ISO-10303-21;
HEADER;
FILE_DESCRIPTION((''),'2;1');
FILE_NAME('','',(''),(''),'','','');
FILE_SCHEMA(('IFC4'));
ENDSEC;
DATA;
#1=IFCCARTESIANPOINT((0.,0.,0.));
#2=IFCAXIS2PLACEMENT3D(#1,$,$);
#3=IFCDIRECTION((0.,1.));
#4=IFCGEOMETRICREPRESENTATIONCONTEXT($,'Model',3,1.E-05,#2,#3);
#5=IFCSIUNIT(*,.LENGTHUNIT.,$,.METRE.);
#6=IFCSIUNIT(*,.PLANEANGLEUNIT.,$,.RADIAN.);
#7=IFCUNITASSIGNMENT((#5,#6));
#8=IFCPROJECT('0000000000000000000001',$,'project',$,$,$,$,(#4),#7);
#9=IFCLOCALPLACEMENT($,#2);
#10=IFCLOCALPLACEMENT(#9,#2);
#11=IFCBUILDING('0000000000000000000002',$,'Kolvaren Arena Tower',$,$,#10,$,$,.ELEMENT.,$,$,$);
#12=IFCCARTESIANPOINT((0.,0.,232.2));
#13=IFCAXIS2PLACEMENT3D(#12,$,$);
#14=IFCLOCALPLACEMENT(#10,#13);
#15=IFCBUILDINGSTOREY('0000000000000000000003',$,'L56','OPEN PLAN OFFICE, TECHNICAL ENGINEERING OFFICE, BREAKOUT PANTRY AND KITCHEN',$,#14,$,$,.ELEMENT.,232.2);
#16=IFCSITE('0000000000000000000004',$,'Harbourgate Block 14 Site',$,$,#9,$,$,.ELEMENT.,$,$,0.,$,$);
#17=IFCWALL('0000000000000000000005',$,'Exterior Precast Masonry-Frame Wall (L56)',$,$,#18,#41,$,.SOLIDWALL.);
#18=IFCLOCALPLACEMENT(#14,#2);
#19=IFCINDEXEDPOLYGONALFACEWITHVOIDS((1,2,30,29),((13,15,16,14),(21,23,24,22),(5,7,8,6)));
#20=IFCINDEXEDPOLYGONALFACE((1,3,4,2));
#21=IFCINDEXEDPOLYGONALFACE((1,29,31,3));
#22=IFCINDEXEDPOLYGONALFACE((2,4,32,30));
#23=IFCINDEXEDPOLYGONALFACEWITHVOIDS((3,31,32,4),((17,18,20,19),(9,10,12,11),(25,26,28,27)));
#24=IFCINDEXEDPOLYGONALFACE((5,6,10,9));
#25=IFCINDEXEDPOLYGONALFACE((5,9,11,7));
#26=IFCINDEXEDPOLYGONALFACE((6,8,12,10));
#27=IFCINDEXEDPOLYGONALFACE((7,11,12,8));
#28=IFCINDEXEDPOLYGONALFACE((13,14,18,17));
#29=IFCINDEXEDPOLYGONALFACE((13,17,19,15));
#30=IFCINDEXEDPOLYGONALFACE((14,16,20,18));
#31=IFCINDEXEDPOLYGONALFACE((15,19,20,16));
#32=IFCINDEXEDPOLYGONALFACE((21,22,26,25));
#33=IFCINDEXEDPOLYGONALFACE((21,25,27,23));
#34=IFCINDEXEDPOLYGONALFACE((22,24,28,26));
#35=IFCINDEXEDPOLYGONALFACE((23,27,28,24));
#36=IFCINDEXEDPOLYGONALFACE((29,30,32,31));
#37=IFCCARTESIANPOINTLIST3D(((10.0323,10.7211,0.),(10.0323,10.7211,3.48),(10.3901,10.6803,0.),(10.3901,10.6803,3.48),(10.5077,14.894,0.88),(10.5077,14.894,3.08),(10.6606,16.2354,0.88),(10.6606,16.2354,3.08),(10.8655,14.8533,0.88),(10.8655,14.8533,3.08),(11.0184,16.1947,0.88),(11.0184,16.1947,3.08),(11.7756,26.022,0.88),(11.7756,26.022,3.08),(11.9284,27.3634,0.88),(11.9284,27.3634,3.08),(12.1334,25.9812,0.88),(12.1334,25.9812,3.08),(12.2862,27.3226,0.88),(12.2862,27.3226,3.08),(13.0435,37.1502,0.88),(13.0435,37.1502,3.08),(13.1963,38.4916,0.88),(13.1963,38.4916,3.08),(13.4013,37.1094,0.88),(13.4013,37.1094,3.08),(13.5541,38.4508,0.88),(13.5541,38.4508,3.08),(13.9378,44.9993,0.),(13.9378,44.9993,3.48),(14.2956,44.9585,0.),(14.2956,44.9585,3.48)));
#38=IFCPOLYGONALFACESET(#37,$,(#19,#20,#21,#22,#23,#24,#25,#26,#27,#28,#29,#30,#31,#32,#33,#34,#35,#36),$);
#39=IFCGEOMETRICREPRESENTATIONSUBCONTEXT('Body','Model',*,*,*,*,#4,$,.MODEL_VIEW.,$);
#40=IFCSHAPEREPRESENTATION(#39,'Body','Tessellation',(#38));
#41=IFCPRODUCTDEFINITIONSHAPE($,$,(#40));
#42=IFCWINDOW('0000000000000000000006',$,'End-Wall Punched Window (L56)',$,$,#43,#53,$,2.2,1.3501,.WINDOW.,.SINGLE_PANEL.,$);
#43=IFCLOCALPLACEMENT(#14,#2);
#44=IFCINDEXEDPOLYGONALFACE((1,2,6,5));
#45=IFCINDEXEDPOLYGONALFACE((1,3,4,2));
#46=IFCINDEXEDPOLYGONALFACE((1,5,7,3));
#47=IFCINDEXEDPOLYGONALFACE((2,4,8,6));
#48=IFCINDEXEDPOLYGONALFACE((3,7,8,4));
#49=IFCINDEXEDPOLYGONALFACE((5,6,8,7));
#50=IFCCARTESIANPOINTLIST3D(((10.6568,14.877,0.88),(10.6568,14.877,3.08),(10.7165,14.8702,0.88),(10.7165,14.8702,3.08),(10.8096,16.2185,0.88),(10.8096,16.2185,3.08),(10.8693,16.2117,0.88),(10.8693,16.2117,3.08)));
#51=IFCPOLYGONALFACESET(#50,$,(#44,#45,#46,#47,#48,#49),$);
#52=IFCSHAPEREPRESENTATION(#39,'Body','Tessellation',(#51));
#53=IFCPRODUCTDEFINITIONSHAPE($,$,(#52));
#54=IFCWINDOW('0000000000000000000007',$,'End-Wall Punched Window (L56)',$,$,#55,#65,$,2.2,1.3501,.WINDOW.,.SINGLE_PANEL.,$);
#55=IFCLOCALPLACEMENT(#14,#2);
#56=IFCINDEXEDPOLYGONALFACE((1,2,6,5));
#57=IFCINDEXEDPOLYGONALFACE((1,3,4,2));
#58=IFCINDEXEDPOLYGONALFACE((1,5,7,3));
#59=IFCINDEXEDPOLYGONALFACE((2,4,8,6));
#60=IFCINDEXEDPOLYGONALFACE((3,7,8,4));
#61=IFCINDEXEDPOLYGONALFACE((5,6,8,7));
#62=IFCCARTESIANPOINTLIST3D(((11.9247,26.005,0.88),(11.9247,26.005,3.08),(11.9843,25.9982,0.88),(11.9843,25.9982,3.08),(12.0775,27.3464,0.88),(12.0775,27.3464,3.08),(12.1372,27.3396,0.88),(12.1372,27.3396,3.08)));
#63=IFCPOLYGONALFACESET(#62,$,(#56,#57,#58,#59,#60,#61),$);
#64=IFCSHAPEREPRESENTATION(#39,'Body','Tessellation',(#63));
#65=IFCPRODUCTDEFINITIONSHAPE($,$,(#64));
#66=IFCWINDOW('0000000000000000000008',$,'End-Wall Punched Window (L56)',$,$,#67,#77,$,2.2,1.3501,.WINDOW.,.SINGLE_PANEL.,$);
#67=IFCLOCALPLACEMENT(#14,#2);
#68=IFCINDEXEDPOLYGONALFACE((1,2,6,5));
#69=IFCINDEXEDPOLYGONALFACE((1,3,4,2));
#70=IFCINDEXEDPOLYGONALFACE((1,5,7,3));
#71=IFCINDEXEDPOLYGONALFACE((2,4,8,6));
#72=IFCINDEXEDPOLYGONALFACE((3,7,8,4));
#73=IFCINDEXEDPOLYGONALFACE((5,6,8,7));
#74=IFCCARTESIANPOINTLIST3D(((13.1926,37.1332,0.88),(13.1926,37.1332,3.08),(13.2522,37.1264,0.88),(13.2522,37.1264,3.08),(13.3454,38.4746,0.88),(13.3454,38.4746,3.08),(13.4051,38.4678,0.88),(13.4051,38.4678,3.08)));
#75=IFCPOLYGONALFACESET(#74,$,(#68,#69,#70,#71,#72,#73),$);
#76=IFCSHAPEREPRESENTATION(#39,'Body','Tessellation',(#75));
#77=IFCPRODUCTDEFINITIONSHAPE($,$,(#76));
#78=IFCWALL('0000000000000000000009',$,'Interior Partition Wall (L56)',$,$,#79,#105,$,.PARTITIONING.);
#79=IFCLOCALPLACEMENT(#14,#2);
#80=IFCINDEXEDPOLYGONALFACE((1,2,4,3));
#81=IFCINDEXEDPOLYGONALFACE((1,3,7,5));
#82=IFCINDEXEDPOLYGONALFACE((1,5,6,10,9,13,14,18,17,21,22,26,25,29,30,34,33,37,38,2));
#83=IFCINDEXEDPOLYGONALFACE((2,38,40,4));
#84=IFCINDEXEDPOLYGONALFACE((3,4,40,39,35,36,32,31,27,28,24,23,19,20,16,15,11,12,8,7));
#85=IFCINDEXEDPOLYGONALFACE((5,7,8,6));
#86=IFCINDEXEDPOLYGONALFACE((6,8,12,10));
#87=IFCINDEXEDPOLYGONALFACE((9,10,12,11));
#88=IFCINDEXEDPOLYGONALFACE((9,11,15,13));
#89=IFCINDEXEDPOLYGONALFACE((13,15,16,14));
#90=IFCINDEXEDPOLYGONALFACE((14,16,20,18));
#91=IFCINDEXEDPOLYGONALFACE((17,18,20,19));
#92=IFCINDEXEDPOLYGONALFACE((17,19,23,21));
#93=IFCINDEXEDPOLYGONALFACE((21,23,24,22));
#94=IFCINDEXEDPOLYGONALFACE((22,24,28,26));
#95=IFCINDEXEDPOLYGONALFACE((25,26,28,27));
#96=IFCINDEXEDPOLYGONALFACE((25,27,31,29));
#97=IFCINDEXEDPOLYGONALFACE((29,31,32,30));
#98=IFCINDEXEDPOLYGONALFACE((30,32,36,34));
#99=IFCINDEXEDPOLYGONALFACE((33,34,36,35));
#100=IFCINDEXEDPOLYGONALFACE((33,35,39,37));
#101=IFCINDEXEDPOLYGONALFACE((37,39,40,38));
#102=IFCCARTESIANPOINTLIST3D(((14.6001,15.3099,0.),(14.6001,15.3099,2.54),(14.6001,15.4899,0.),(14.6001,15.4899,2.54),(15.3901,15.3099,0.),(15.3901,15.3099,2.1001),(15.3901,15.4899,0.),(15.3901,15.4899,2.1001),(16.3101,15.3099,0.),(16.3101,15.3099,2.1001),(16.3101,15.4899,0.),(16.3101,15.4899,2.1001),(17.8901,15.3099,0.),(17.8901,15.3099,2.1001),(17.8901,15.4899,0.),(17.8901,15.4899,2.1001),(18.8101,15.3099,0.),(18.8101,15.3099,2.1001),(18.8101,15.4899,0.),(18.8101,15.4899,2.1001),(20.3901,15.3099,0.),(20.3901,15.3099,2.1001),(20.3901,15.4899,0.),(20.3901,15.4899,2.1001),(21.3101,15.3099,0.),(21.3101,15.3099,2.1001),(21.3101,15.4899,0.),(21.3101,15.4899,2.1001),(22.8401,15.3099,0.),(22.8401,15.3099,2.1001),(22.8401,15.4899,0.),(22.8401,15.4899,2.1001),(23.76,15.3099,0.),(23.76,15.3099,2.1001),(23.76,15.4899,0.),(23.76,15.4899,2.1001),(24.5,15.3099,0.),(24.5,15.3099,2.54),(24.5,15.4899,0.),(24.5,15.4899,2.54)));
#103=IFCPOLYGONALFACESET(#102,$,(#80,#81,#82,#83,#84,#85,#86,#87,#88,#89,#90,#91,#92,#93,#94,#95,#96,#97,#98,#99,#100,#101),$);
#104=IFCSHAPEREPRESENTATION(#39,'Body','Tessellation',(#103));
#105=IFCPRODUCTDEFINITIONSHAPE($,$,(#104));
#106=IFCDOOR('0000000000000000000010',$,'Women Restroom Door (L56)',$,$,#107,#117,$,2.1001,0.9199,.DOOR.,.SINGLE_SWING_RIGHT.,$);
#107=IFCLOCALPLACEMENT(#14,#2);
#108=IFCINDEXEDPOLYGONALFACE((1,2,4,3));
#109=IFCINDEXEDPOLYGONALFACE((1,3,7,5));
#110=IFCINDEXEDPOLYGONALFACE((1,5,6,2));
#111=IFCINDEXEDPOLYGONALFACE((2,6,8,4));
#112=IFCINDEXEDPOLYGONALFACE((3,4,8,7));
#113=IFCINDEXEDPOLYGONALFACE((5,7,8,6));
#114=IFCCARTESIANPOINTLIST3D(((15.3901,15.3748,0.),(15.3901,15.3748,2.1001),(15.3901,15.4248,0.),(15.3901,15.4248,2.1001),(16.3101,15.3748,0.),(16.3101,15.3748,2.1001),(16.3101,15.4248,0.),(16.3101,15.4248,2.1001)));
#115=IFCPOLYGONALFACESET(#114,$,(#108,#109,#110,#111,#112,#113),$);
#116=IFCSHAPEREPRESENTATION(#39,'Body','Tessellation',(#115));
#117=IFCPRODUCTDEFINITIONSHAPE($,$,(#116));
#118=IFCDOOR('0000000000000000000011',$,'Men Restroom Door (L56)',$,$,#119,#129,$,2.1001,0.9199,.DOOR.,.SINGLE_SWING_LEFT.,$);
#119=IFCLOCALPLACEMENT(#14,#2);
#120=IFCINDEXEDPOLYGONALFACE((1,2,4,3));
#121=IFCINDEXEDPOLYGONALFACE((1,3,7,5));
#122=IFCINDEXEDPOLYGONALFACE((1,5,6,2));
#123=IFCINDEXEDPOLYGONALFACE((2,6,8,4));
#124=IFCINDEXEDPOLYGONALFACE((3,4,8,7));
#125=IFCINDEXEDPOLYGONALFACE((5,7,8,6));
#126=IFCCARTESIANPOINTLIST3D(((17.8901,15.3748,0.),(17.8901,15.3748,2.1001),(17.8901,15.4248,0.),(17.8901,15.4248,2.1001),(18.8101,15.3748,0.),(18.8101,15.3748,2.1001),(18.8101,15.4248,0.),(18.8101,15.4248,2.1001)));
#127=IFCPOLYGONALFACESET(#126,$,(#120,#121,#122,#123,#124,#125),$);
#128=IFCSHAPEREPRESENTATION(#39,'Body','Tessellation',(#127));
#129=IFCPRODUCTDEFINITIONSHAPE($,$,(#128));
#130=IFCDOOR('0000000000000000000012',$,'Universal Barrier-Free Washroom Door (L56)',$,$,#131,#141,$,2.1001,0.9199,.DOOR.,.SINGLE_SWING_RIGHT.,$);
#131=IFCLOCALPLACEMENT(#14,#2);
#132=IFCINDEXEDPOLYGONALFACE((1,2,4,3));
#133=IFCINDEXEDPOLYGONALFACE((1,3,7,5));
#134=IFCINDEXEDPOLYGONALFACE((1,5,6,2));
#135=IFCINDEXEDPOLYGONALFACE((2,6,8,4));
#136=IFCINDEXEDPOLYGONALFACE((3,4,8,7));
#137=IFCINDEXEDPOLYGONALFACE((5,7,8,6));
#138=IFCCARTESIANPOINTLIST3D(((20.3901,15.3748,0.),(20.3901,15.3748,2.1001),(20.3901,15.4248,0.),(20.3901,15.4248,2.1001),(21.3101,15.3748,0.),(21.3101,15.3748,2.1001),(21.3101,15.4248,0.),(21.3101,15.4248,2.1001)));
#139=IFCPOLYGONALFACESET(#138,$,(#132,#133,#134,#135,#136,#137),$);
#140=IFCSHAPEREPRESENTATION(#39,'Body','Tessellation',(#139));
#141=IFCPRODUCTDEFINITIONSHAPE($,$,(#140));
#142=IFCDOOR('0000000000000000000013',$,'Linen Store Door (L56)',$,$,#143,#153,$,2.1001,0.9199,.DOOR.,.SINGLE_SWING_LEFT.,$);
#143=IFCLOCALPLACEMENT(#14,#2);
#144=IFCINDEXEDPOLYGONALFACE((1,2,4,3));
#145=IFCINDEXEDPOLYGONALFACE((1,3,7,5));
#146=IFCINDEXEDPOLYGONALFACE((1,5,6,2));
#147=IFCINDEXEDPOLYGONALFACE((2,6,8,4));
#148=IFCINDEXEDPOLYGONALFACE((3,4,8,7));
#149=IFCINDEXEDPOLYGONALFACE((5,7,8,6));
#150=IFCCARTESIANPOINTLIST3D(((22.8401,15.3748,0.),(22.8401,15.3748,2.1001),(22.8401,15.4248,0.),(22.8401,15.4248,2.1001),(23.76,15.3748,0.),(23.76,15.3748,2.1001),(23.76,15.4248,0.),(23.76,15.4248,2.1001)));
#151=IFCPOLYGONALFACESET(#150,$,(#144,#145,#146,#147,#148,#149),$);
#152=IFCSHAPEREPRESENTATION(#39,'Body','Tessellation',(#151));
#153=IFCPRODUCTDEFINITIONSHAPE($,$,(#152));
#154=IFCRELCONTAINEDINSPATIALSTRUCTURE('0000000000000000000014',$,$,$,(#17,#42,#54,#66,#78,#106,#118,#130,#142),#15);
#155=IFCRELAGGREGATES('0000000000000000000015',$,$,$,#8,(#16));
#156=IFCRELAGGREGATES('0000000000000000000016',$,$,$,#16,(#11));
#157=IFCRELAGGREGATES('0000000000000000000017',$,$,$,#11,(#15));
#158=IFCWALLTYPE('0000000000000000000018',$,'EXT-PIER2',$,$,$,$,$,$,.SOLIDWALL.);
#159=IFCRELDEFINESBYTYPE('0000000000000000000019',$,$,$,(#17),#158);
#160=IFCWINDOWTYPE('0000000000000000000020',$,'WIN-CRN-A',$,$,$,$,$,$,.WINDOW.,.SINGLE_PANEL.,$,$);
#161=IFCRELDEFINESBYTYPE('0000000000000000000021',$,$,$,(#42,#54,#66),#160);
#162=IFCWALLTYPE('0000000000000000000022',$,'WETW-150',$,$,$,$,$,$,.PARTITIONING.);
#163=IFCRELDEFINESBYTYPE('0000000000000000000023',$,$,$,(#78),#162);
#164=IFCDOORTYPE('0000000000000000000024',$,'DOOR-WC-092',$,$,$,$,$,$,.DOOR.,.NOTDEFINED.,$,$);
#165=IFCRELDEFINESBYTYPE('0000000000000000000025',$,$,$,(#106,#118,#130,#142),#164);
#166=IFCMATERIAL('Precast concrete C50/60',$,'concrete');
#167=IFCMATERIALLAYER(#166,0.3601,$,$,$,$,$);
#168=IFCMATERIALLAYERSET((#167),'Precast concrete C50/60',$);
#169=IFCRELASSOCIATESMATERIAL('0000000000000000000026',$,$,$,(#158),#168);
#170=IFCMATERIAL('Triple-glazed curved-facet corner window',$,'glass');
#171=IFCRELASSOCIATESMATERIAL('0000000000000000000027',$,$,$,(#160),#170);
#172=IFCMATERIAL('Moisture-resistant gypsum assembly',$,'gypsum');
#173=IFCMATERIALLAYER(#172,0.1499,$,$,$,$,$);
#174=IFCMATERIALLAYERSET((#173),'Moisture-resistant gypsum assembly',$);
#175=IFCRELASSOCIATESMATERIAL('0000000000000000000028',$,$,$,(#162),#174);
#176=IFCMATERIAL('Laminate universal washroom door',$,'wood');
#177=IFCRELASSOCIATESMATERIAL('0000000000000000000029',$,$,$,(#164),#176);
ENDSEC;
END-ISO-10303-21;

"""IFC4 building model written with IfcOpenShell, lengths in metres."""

from ifc_helpers import new_model, si_unit, direction, frame, frame_2d, origin, place, context, subcontext, project, spatial, rectangle, extrude, material, layer, layer_set, type_object, element, fill, save


model = new_model("IFC4")

# Units and contexts
model_context = context("Model", 3, precision=1e-05, world=origin(), true_north=direction((0.0, 1.0)))
body_context = subcontext(model_context, "Body", "Model", "MODEL_VIEW")
ifc_project = project(units=[si_unit("LENGTHUNIT", "METRE"), si_unit("PLANEANGLEUNIT", "RADIAN")], contexts=[model_context])

# Site, building, storey
site_placement = place(None, origin())
site = spatial("IfcSite", under=ifc_project, at=site_placement, Name="Harbourgate Block 14 Site", CompositionType="ELEMENT", RefElevation=0.0)
building_placement = place(site_placement, origin())
building = spatial("IfcBuilding", under=site, at=building_placement, Name="Kolvaren Arena Tower", CompositionType="ELEMENT")
storey_placement = place(building_placement, frame((0.0, 0.0, 232.2)))
storey = spatial("IfcBuildingStorey", under=building, at=storey_placement, Name="L56", Description="OPEN PLAN OFFICE, TECHNICAL ENGINEERING OFFICE, BREAKOUT PANTRY AND KITCHEN", CompositionType="ELEMENT", Elevation=232.2)

# Wall, openings, windows
ifc_material_1 = material(Name="Precast concrete C50/60", Category="concrete")
ifc_layer_1 = layer(ifc_material_1, 0.3601)
ifc_layer_set_1 = layer_set([ifc_layer_1], Name="Precast concrete C50/60")
wall_type_1 = type_object("IfcWallType", Name="EXT-PIER2", PredefinedType="SOLIDWALL", material=ifc_layer_set_1)
wall_1_placement = place(storey_placement, frame((10.2112, 10.7007, 0.0), z_axis=(0.0, 0.0, 1.0), x_axis=(0.113203, 0.993572, 0.0)))
wall_1 = element("IfcWall", 1, at=wall_1_placement, inside=storey, type_object=wall_type_1, Name="Exterior Precast Masonry-Frame Wall (L56)", PredefinedType="SOLIDWALL", context=body_context, shape_type="SweptSolid", body=[
    extrude(rectangle(XDim=34.5, YDim=0.3601, at=frame_2d((17.25, 0.0))), origin(), (0.0, 0.0, 1.0), 3.48),
])
opening_1_placement = place(wall_1_placement, frame((4.2, 0.0, 0.8799)))
opening_1 = element("IfcOpeningElement", 2, at=opening_1_placement, cuts=wall_1, PredefinedType="OPENING", context=body_context, shape_type="SweptSolid", body=[
    extrude(rectangle(XDim=1.3501, YDim=2.2, at=frame_2d((0.675, 1.1001))), frame((0.0, 0.1899, 0.0), z_axis=(0.0, -1.0, 0.0), x_axis=(1.0, 0.0, 0.0)), (0.0, 0.0, 1.0), 0.3801),
])
opening_2_placement = place(wall_1_placement, frame((15.3999, 0.0, 0.8799)))
opening_2 = element("IfcOpeningElement", 3, at=opening_2_placement, cuts=wall_1, PredefinedType="OPENING", context=body_context, shape_type="SweptSolid", body=[
    extrude(rectangle(XDim=1.3501, YDim=2.2, at=frame_2d((0.675, 1.1001))), frame((0.0, 0.1899, 0.0), z_axis=(0.0, -1.0, 0.0), x_axis=(1.0, 0.0, 0.0)), (0.0, 0.0, 1.0), 0.3801),
])
opening_3_placement = place(wall_1_placement, frame((26.6001, 0.0, 0.8799)))
opening_3 = element("IfcOpeningElement", 4, at=opening_3_placement, cuts=wall_1, PredefinedType="OPENING", context=body_context, shape_type="SweptSolid", body=[
    extrude(rectangle(XDim=1.3501, YDim=2.2, at=frame_2d((0.675, 1.1001))), frame((0.0, 0.1899, 0.0), z_axis=(0.0, -1.0, 0.0), x_axis=(1.0, 0.0, 0.0)), (0.0, 0.0, 1.0), 0.3801),
])
ifc_material_2 = material(Name="Triple-glazed curved-facet corner window", Category="glass")
window_type = type_object("IfcWindowType", Name="WIN-CRN-A", PartitioningType="SINGLE_PANEL", PredefinedType="WINDOW", material=ifc_material_2)
window_1_placement = place(opening_1_placement, origin())
window_1 = element("IfcWindow", 5, at=window_1_placement, inside=storey, type_object=window_type, Name="End-Wall Punched Window (L56)", OverallHeight=2.2, OverallWidth=1.3501, PartitioningType="SINGLE_PANEL", PredefinedType="WINDOW", context=body_context, shape_type="SweptSolid", body=[
    extrude(rectangle(XDim=1.3501, YDim=2.2, at=frame_2d((0.675, 1.1001))), frame((0.0, 0.03, 0.0), z_axis=(0.0, -1.0, 0.0), x_axis=(1.0, 0.0, 0.0)), (0.0, 0.0, 1.0), 0.0601),
])
fill(opening_1, window_1)
window_2_placement = place(opening_2_placement, origin())
window_2 = element("IfcWindow", 6, at=window_2_placement, inside=storey, type_object=window_type, Name="End-Wall Punched Window (L56)", OverallHeight=2.2, OverallWidth=1.3501, PartitioningType="SINGLE_PANEL", PredefinedType="WINDOW", context=body_context, shape_type="SweptSolid", body=[
    extrude(rectangle(XDim=1.3501, YDim=2.2, at=frame_2d((0.675, 1.1001))), frame((0.0, 0.03, 0.0), z_axis=(0.0, -1.0, 0.0), x_axis=(1.0, 0.0, 0.0)), (0.0, 0.0, 1.0), 0.0601),
])
fill(opening_2, window_2)
window_3_placement = place(opening_3_placement, origin())
window_3 = element("IfcWindow", 7, at=window_3_placement, inside=storey, type_object=window_type, Name="End-Wall Punched Window (L56)", OverallHeight=2.2, OverallWidth=1.3501, PartitioningType="SINGLE_PANEL", PredefinedType="WINDOW", context=body_context, shape_type="SweptSolid", body=[
    extrude(rectangle(XDim=1.3501, YDim=2.2, at=frame_2d((0.675, 1.1001))), frame((0.0, 0.03, 0.0), z_axis=(0.0, -1.0, 0.0), x_axis=(1.0, 0.0, 0.0)), (0.0, 0.0, 1.0), 0.0601),
])
fill(opening_3, window_3)

# Wall, openings, doors
ifc_material_3 = material(Name="Moisture-resistant gypsum assembly", Category="gypsum")
ifc_layer_2 = layer(ifc_material_3, 0.1499)
ifc_layer_set_2 = layer_set([ifc_layer_2], Name="Moisture-resistant gypsum assembly")
wall_type_2 = type_object("IfcWallType", Name="WETW-150", PredefinedType="PARTITIONING", material=ifc_layer_set_2)
wall_2_placement = place(storey_placement, frame((14.6001, 15.3999, 0.0), z_axis=(0.0, 0.0, 1.0), x_axis=(1.0, 0.0, 0.0)))
wall_2 = element("IfcWall", 8, at=wall_2_placement, inside=storey, type_object=wall_type_2, Name="Interior Partition Wall (L56)", PredefinedType="PARTITIONING", context=body_context, shape_type="SweptSolid", body=[
    extrude(rectangle(XDim=9.8999, YDim=0.1799, at=frame_2d((4.95, 0.0))), origin(), (0.0, 0.0, 1.0), 2.54),
])
opening_4_placement = place(wall_2_placement, frame((0.79, 0.0, 0.0)))
opening_4 = element("IfcOpeningElement", 9, at=opening_4_placement, cuts=wall_2, PredefinedType="OPENING", context=body_context, shape_type="SweptSolid", body=[
    extrude(rectangle(XDim=0.9199, YDim=2.1001, at=frame_2d((0.46, 1.05))), frame((0.0, 0.0999, 0.0), z_axis=(0.0, -1.0, 0.0), x_axis=(1.0, 0.0, 0.0)), (0.0, 0.0, 1.0), 0.2),
])
opening_5_placement = place(wall_2_placement, frame((3.29, 0.0, 0.0)))
opening_5 = element("IfcOpeningElement", 10, at=opening_5_placement, cuts=wall_2, PredefinedType="OPENING", context=body_context, shape_type="SweptSolid", body=[
    extrude(rectangle(XDim=0.9199, YDim=2.1001, at=frame_2d((0.46, 1.05))), frame((0.0, 0.0999, 0.0), z_axis=(0.0, -1.0, 0.0), x_axis=(1.0, 0.0, 0.0)), (0.0, 0.0, 1.0), 0.2),
])
opening_6_placement = place(wall_2_placement, frame((5.79, 0.0, 0.0)))
opening_6 = element("IfcOpeningElement", 11, at=opening_6_placement, cuts=wall_2, PredefinedType="OPENING", context=body_context, shape_type="SweptSolid", body=[
    extrude(rectangle(XDim=0.9199, YDim=2.1001, at=frame_2d((0.46, 1.05))), frame((0.0, 0.0999, 0.0), z_axis=(0.0, -1.0, 0.0), x_axis=(1.0, 0.0, 0.0)), (0.0, 0.0, 1.0), 0.2),
])
opening_7_placement = place(wall_2_placement, frame((8.24, 0.0, 0.0)))
opening_7 = element("IfcOpeningElement", 12, at=opening_7_placement, cuts=wall_2, PredefinedType="OPENING", context=body_context, shape_type="SweptSolid", body=[
    extrude(rectangle(XDim=0.9199, YDim=2.1001, at=frame_2d((0.46, 1.05))), frame((0.0, 0.0999, 0.0), z_axis=(0.0, -1.0, 0.0), x_axis=(1.0, 0.0, 0.0)), (0.0, 0.0, 1.0), 0.2),
])
ifc_material_4 = material(Name="Laminate universal washroom door", Category="wood")
door_type_1 = type_object("IfcDoorType", Name="DOOR-WC-092", OperationType="NOTDEFINED", PredefinedType="DOOR", material=ifc_material_4)
door_1_placement = place(opening_4_placement, origin())
door_1 = element("IfcDoor", 13, at=door_1_placement, inside=storey, type_object=door_type_1, Name="Women Restroom Door (L56)", OperationType="SINGLE_SWING_RIGHT", OverallHeight=2.1001, OverallWidth=0.9199, PredefinedType="DOOR", context=body_context, shape_type="SweptSolid", body=[
    extrude(rectangle(XDim=0.9199, YDim=2.1001, at=frame_2d((0.46, 1.05))), frame((0.0, 0.0249, 0.0), z_axis=(0.0, -1.0, 0.0), x_axis=(1.0, 0.0, 0.0)), (0.0, 0.0, 1.0), 0.05),
])
fill(opening_4, door_1)
door_2_placement = place(opening_5_placement, origin())
door_2 = element("IfcDoor", 14, at=door_2_placement, inside=storey, type_object=door_type_1, Name="Men Restroom Door (L56)", OperationType="SINGLE_SWING_LEFT", OverallHeight=2.1001, OverallWidth=0.9199, PredefinedType="DOOR", context=body_context, shape_type="SweptSolid", body=[
    extrude(rectangle(XDim=0.9199, YDim=2.1001, at=frame_2d((0.46, 1.05))), frame((0.0, 0.0249, 0.0), z_axis=(0.0, -1.0, 0.0), x_axis=(1.0, 0.0, 0.0)), (0.0, 0.0, 1.0), 0.05),
])
fill(opening_5, door_2)
door_3_placement = place(opening_6_placement, origin())
door_3 = element("IfcDoor", 15, at=door_3_placement, inside=storey, type_object=door_type_1, Name="Universal Barrier-Free Washroom Door (L56)", OperationType="SINGLE_SWING_RIGHT", OverallHeight=2.1001, OverallWidth=0.9199, PredefinedType="DOOR", context=body_context, shape_type="SweptSolid", body=[
    extrude(rectangle(XDim=0.9199, YDim=2.1001, at=frame_2d((0.46, 1.05))), frame((0.0, 0.0249, 0.0), z_axis=(0.0, -1.0, 0.0), x_axis=(1.0, 0.0, 0.0)), (0.0, 0.0, 1.0), 0.05),
])
fill(opening_6, door_3)
door_4_placement = place(opening_7_placement, origin())
door_4 = element("IfcDoor", 16, at=door_4_placement, inside=storey, type_object=door_type_1, Name="Linen Store Door (L56)", OperationType="SINGLE_SWING_LEFT", OverallHeight=2.1001, OverallWidth=0.9199, PredefinedType="DOOR", context=body_context, shape_type="SweptSolid", body=[
    extrude(rectangle(XDim=0.9199, YDim=2.1001, at=frame_2d((0.46, 1.05))), frame((0.0, 0.0249, 0.0), z_axis=(0.0, -1.0, 0.0), x_axis=(1.0, 0.0, 0.0)), (0.0, 0.0, 1.0), 0.05),
])
fill(opening_7, door_4)

save(model, "model.ifc")
